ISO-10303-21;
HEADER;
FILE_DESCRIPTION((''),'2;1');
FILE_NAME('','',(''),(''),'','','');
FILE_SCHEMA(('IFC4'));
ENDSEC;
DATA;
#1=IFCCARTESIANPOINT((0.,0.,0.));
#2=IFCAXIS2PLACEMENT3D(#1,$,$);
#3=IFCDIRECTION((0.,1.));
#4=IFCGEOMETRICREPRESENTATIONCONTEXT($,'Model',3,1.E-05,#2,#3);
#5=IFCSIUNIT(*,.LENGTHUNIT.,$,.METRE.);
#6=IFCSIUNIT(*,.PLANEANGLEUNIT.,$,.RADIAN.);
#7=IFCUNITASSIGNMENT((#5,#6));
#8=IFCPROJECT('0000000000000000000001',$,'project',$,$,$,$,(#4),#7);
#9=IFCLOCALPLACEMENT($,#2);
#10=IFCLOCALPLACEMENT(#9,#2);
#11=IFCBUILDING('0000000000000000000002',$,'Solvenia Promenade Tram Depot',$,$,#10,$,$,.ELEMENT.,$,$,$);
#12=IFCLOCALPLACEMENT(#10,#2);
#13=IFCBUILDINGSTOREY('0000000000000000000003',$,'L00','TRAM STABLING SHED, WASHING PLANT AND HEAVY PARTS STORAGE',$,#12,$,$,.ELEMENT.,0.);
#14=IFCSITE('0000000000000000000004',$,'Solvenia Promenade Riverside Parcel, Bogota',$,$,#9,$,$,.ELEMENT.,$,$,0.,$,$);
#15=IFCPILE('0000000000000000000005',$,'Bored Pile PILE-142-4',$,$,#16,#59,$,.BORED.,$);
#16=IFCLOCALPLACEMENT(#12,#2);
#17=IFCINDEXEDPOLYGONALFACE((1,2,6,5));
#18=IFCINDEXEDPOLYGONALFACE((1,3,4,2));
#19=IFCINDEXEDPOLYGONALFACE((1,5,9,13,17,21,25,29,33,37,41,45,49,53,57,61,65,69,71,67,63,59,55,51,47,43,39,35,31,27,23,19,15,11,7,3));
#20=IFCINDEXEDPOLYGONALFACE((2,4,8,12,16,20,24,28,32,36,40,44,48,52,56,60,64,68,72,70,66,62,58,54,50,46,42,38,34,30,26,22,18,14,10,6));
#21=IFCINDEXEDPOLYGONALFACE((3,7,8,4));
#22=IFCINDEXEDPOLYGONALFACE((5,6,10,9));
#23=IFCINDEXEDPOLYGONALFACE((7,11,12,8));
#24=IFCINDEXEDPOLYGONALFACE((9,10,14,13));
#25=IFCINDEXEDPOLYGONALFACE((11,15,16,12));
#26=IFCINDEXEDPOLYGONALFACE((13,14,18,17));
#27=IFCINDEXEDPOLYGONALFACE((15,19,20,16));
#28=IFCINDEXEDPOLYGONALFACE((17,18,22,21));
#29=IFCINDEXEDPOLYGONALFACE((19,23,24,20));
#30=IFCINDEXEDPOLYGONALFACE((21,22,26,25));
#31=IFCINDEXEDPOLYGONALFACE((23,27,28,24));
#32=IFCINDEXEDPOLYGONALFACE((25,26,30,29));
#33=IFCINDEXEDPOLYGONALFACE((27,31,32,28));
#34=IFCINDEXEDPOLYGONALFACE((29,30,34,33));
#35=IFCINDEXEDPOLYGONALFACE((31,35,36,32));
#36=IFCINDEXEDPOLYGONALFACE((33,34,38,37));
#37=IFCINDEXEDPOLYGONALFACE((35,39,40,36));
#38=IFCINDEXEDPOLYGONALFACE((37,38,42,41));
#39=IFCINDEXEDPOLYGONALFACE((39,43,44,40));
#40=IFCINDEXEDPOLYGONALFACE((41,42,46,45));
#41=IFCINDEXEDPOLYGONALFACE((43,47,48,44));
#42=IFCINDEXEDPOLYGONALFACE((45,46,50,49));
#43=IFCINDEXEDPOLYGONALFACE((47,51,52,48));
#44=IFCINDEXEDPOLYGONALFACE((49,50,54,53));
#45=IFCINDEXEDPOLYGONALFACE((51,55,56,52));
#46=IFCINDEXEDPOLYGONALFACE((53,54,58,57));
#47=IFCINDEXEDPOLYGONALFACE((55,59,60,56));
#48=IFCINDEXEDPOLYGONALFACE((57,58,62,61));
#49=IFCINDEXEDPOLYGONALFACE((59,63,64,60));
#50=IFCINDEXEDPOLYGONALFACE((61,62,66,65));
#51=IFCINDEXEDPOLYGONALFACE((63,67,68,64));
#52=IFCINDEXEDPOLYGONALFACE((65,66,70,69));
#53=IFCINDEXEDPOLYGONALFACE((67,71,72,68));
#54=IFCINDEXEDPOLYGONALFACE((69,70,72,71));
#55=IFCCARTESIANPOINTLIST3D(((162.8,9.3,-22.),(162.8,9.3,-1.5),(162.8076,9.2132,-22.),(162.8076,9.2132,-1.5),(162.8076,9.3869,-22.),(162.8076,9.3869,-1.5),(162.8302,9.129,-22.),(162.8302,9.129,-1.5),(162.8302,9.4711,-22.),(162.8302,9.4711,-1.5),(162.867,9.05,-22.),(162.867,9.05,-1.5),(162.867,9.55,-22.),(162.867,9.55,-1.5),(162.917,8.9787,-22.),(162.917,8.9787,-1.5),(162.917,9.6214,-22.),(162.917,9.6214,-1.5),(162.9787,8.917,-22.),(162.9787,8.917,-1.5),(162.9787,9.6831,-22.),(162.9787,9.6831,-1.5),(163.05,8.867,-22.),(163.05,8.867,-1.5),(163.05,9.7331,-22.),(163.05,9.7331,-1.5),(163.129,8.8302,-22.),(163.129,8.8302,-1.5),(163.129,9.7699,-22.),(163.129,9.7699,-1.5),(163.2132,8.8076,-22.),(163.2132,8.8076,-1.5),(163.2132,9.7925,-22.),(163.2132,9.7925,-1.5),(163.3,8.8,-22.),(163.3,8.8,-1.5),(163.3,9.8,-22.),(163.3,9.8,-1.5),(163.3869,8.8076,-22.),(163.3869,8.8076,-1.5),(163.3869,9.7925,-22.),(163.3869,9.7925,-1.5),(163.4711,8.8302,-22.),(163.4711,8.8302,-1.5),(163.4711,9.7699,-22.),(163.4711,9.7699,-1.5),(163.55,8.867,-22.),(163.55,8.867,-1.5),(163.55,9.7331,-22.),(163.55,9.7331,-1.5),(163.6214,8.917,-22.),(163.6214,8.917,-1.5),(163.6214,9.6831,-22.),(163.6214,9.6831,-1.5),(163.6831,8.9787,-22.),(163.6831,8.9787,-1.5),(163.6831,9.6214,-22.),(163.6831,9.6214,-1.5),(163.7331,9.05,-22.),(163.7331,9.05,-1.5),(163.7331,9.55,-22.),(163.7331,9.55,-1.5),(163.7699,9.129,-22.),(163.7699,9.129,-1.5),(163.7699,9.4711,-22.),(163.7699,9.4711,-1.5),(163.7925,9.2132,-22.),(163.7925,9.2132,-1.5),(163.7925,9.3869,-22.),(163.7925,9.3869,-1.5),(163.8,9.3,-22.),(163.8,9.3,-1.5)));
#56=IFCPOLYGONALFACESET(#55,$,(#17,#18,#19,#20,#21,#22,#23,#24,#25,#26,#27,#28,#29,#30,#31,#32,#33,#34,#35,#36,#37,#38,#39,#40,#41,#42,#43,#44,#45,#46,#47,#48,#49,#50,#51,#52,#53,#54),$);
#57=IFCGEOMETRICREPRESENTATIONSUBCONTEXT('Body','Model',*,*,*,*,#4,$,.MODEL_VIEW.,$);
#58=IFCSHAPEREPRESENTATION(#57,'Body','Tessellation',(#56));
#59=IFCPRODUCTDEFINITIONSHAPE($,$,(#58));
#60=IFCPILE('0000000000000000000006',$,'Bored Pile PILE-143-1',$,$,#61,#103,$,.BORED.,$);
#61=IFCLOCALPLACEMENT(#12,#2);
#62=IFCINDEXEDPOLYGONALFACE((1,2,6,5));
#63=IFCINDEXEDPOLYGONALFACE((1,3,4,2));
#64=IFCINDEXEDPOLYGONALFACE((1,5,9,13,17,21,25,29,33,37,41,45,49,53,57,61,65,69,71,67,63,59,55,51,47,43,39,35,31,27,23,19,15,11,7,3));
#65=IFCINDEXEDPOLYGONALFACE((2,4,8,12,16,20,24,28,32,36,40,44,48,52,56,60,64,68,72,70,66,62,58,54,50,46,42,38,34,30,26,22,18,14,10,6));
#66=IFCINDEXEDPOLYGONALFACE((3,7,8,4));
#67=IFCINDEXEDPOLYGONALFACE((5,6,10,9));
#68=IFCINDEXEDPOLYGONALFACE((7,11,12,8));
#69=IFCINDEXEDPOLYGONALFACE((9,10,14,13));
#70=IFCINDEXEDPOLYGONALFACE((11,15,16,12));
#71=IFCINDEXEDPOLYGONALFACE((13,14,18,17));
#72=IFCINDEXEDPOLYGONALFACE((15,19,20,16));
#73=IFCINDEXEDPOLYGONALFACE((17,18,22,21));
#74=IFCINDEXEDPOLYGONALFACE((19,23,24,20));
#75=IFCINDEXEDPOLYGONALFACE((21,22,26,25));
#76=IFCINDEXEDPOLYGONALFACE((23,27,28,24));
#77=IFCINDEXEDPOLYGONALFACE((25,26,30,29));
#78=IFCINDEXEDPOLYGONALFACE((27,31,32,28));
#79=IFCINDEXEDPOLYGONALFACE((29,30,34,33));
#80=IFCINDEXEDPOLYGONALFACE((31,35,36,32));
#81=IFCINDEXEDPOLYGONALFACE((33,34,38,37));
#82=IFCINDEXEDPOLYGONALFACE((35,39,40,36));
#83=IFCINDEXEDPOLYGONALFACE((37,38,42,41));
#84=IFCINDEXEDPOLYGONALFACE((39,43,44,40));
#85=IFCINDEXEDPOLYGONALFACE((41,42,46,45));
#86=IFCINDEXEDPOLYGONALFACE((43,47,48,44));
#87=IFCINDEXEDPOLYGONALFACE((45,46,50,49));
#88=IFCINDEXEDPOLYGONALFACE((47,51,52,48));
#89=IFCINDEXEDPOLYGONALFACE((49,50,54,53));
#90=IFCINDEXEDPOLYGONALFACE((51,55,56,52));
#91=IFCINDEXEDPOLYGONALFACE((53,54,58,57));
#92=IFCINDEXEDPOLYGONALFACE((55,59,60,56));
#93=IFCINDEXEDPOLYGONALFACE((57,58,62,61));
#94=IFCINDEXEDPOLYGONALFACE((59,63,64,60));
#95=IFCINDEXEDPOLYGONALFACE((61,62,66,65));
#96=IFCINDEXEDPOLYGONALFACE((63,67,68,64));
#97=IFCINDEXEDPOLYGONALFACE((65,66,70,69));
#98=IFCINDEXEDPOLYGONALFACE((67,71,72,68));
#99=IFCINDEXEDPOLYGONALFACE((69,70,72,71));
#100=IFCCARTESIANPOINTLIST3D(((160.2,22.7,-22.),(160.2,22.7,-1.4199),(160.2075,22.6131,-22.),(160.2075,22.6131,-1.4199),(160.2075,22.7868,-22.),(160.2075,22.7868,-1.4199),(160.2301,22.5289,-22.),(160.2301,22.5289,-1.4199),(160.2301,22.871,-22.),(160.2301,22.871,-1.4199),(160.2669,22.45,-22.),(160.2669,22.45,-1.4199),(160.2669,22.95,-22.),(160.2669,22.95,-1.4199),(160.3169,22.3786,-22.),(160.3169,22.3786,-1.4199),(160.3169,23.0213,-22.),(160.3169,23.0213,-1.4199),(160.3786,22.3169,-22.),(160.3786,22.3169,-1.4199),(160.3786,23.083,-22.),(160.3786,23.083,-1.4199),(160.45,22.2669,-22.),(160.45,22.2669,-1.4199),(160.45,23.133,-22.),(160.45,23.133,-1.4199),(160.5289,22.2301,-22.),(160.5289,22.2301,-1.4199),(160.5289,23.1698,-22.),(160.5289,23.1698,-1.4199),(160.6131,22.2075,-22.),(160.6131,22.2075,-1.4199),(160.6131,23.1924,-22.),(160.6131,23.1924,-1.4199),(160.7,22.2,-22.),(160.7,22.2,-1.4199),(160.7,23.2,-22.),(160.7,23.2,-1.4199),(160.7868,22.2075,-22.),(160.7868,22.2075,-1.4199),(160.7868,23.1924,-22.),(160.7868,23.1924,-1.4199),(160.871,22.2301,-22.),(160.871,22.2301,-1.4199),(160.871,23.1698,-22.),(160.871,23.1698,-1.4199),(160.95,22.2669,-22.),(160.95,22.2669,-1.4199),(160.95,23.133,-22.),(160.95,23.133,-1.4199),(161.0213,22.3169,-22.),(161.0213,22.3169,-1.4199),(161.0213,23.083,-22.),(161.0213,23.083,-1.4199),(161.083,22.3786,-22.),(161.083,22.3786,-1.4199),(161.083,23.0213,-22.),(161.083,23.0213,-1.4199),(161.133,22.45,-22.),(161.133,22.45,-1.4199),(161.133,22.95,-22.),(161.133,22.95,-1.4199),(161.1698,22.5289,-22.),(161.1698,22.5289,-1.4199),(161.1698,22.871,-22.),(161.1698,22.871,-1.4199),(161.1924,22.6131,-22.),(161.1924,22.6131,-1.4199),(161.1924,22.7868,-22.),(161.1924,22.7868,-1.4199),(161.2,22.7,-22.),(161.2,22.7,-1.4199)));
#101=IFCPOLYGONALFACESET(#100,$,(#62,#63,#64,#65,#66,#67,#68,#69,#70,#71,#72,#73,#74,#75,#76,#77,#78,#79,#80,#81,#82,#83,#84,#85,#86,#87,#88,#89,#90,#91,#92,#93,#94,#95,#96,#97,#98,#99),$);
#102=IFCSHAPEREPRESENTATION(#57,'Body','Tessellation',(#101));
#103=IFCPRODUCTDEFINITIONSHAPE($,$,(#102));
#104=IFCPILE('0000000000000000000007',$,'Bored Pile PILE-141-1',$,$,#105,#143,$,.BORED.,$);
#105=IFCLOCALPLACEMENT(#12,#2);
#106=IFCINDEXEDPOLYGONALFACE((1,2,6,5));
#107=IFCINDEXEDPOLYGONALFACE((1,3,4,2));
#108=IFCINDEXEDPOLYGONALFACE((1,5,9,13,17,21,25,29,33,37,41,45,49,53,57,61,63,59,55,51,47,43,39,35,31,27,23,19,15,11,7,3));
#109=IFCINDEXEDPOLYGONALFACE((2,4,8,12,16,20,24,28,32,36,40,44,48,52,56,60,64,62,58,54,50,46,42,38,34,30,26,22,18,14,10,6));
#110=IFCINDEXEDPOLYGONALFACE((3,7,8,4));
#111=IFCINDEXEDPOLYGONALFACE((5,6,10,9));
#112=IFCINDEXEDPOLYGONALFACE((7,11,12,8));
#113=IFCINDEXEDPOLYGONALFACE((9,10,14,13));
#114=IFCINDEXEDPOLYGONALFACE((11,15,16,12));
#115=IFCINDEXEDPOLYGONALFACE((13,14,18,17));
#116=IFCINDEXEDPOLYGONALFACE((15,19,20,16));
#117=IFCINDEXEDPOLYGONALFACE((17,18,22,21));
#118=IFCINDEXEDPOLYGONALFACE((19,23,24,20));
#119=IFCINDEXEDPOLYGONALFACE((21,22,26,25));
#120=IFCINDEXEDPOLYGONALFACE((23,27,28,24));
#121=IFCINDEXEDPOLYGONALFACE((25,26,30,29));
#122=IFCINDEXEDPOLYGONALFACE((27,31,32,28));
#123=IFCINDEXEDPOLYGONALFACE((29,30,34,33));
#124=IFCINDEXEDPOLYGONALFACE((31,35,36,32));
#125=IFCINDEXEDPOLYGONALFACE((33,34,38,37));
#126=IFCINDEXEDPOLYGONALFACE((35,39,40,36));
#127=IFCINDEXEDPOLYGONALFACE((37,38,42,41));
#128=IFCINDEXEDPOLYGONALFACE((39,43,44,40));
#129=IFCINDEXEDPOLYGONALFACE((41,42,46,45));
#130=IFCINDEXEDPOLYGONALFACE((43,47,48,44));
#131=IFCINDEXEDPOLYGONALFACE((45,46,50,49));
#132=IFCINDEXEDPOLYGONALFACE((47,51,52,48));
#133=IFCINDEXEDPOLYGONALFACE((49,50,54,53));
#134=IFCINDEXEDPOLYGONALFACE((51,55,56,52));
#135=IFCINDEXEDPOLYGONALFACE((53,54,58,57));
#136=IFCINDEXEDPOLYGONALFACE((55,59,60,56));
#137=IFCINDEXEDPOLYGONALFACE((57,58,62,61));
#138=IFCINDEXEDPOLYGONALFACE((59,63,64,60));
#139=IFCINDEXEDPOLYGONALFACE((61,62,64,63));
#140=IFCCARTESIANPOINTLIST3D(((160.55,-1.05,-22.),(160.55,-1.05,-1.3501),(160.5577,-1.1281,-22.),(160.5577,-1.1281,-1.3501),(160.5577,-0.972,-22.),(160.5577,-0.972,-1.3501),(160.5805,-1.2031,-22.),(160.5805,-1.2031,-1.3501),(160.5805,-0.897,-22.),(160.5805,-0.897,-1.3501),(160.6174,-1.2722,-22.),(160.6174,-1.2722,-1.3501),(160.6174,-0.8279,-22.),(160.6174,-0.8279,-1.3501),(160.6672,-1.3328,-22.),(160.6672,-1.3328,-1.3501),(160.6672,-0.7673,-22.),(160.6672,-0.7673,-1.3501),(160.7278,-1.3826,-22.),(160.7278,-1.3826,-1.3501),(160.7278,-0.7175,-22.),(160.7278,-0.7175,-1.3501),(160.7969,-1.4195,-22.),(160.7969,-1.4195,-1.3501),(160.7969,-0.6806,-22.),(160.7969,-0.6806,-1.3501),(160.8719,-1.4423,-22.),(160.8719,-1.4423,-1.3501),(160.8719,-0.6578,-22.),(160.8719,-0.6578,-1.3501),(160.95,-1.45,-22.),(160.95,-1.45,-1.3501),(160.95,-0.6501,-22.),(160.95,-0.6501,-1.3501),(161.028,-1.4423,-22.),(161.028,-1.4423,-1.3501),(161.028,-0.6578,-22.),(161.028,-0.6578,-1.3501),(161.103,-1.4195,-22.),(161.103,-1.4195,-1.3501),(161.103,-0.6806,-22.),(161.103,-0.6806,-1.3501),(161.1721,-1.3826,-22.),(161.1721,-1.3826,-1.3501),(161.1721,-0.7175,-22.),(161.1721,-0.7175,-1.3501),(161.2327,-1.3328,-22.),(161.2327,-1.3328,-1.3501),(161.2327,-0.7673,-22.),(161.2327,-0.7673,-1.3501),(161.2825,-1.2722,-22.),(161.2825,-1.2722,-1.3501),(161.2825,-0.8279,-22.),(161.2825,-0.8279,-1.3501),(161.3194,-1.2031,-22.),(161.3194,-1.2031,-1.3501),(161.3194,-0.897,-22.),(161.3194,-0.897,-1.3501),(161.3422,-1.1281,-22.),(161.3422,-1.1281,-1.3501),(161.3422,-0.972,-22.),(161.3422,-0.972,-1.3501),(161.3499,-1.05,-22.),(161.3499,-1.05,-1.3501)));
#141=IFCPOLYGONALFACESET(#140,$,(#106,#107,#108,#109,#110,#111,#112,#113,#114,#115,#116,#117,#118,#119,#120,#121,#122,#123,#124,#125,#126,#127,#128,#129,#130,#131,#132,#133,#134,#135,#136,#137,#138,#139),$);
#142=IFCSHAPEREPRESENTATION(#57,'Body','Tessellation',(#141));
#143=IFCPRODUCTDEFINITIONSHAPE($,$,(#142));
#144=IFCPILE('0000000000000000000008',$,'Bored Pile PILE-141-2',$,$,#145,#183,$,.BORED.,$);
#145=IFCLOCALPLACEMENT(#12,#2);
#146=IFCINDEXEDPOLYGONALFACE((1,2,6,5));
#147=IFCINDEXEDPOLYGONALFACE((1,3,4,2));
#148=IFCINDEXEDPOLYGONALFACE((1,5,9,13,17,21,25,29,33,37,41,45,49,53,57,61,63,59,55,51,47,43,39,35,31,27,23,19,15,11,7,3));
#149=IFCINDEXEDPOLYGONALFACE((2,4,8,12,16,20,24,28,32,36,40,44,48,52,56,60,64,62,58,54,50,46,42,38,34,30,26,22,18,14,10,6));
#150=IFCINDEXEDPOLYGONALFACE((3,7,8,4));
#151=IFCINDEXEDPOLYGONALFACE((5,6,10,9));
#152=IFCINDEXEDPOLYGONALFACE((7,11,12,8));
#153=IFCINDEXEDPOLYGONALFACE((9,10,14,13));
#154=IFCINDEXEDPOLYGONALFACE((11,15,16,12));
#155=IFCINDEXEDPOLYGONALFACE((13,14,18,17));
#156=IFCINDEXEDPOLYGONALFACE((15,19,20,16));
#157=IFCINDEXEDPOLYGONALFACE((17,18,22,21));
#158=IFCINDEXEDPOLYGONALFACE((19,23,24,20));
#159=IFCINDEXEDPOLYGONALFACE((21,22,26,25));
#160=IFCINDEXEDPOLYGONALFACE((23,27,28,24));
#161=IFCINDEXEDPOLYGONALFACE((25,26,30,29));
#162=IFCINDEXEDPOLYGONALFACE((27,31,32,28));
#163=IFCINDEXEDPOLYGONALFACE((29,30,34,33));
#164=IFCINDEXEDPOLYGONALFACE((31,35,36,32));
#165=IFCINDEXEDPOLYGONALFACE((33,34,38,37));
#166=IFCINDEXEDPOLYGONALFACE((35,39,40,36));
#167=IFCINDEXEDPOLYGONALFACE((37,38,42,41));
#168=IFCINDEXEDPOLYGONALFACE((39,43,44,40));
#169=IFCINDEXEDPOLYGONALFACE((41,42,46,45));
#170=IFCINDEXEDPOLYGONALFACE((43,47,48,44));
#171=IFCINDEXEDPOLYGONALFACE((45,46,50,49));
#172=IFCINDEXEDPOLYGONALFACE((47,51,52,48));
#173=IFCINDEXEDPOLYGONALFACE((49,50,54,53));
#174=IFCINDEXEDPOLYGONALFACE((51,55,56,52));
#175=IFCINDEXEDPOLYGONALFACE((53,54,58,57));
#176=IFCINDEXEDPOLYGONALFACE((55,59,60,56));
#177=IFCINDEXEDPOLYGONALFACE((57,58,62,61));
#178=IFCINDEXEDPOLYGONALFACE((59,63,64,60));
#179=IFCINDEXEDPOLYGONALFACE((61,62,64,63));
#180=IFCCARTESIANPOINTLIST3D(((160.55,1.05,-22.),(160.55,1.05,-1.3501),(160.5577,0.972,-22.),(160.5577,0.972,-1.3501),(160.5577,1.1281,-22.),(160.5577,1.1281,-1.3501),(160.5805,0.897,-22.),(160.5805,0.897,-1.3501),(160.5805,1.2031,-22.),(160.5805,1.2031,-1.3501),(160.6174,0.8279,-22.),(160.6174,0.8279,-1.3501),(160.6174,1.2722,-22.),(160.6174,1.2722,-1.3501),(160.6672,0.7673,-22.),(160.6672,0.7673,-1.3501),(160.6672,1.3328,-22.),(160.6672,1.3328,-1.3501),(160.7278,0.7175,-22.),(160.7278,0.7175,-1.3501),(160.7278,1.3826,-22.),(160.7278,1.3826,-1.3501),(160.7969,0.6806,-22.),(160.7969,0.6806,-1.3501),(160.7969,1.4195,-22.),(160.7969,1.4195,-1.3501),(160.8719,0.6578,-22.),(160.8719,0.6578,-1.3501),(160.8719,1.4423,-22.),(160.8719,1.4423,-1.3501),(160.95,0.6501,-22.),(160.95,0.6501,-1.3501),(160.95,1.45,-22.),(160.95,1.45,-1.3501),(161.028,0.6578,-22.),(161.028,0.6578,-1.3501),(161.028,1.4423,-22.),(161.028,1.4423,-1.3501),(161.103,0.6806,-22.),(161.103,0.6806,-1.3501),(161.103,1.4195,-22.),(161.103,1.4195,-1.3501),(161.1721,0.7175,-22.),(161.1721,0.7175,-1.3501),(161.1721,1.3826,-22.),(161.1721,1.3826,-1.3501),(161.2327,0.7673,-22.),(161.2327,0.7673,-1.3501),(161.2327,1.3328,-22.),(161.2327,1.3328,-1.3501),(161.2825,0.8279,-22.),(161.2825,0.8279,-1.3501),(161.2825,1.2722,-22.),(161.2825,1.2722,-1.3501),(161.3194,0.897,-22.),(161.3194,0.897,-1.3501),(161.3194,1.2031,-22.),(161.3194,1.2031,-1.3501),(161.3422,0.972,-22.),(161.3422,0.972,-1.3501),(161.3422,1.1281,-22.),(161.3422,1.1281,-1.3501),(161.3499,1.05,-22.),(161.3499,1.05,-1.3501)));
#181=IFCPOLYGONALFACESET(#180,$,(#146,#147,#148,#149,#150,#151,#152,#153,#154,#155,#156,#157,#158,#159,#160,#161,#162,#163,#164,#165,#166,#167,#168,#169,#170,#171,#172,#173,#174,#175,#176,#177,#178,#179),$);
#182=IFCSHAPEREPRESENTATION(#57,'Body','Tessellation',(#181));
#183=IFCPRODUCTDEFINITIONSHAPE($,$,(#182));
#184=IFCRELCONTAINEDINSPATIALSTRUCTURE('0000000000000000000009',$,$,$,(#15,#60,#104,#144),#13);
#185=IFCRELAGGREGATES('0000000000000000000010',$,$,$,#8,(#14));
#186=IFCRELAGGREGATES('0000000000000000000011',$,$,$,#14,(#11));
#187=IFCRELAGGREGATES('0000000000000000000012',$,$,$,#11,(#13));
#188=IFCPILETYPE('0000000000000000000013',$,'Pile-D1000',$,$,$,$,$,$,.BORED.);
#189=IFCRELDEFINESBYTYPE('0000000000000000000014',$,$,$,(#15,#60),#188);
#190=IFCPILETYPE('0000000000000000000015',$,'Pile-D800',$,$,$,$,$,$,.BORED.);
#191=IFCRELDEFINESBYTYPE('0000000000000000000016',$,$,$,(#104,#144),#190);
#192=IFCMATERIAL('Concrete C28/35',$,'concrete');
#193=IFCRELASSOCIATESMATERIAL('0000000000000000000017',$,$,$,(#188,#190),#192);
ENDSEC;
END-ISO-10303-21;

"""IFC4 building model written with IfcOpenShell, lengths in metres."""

from ifc_helpers import new_model, si_unit, direction, frame, origin, origin_2d, place, context, subcontext, project, spatial, circle, extrude, material, material_profile, profile_set, type_object, element, save


model = new_model("IFC4")

# Units and contexts
model_context = context("Model", 3, precision=1e-05, world=origin(), true_north=direction((0.0, 1.0)))
body_context = subcontext(model_context, "Body", "Model", "MODEL_VIEW")
ifc_project = project(units=[si_unit("LENGTHUNIT", "METRE"), si_unit("PLANEANGLEUNIT", "RADIAN")], contexts=[model_context])

# Site, building, storey
site_placement = place(None, origin())
site = spatial("IfcSite", under=ifc_project, at=site_placement, Name="Solvenia Promenade Riverside Parcel, Bogota", CompositionType="ELEMENT", RefElevation=0.0)
building_placement = place(site_placement, origin())
building = spatial("IfcBuilding", under=site, at=building_placement, Name="Solvenia Promenade Tram Depot", CompositionType="ELEMENT")
storey_placement = place(building_placement, origin())
storey = spatial("IfcBuildingStorey", under=building, at=storey_placement, Name="L00", Description="TRAM STABLING SHED, WASHING PLANT AND HEAVY PARTS STORAGE", CompositionType="ELEMENT", Elevation=0.0)

# Shared definitions
ifc_material_1 = material(Name="Concrete C28/35", Category="concrete")

# Piles
ifc_material_profile_1 = material_profile(ifc_material_1, circle(Radius=0.5, at=origin_2d()), Name="D1000", Category="concrete")
ifc_profile_set_1 = profile_set([ifc_material_profile_1], Name="Concrete C28/35")
pile_type_1 = type_object("IfcPileType", Name="Pile-D1000", PredefinedType="BORED", material=ifc_profile_set_1)
for number, where, z_axis, x_axis, name in (
    (1, (163.3, 9.3, -1.5), (0.0, 0.0, -1.0), (1.0, 0.0, 0.0), "Bored Pile PILE-142-4"),
):
    element("IfcPile", number, at=place(storey_placement, frame(where, z_axis=z_axis, x_axis=x_axis)), inside=storey, type_object=pile_type_1, Name=name, PredefinedType="BORED", context=body_context, shape_type="SweptSolid", body=[
        extrude(circle(Radius=0.5, at=origin_2d()), origin(), (0.0, 0.0, 1.0), 20.5),
    ])
pile_placement = place(storey_placement, frame((160.7, 22.7, -1.4199), z_axis=(0.0, 0.0, -1.0), x_axis=(1.0, 0.0, 0.0)))
element("IfcPile", 2, at=pile_placement, inside=storey, type_object=pile_type_1, Name="Bored Pile PILE-143-1", PredefinedType="BORED", context=body_context, shape_type="SweptSolid", body=[
    extrude(circle(Radius=0.5, at=origin_2d()), origin(), (0.0, 0.0, 1.0), 20.5801),
])
ifc_material_profile_2 = material_profile(ifc_material_1, circle(Radius=0.3999, at=origin_2d()), Name="D800", Category="concrete")
ifc_profile_set_2 = profile_set([ifc_material_profile_2], Name="Concrete C28/35")
pile_type_2 = type_object("IfcPileType", Name="Pile-D800", PredefinedType="BORED", material=ifc_profile_set_2)
for number, where, z_axis, x_axis, name in (
    (3, (160.95, -1.05, -1.3501), (0.0, 0.0, -1.0), (1.0, 0.0, 0.0), "Bored Pile PILE-141-1"),
    (4, (160.95, 1.05, -1.3501), (0.0, 0.0, -1.0), (1.0, 0.0, 0.0), "Bored Pile PILE-141-2"),
):
    element("IfcPile", number, at=place(storey_placement, frame(where, z_axis=z_axis, x_axis=x_axis)), inside=storey, type_object=pile_type_2, Name=name, PredefinedType="BORED", context=body_context, shape_type="SweptSolid", body=[
        extrude(circle(Radius=0.3999, at=origin_2d()), origin(), (0.0, 0.0, 1.0), 20.6499),
    ])

save(model, "model.ifc")
